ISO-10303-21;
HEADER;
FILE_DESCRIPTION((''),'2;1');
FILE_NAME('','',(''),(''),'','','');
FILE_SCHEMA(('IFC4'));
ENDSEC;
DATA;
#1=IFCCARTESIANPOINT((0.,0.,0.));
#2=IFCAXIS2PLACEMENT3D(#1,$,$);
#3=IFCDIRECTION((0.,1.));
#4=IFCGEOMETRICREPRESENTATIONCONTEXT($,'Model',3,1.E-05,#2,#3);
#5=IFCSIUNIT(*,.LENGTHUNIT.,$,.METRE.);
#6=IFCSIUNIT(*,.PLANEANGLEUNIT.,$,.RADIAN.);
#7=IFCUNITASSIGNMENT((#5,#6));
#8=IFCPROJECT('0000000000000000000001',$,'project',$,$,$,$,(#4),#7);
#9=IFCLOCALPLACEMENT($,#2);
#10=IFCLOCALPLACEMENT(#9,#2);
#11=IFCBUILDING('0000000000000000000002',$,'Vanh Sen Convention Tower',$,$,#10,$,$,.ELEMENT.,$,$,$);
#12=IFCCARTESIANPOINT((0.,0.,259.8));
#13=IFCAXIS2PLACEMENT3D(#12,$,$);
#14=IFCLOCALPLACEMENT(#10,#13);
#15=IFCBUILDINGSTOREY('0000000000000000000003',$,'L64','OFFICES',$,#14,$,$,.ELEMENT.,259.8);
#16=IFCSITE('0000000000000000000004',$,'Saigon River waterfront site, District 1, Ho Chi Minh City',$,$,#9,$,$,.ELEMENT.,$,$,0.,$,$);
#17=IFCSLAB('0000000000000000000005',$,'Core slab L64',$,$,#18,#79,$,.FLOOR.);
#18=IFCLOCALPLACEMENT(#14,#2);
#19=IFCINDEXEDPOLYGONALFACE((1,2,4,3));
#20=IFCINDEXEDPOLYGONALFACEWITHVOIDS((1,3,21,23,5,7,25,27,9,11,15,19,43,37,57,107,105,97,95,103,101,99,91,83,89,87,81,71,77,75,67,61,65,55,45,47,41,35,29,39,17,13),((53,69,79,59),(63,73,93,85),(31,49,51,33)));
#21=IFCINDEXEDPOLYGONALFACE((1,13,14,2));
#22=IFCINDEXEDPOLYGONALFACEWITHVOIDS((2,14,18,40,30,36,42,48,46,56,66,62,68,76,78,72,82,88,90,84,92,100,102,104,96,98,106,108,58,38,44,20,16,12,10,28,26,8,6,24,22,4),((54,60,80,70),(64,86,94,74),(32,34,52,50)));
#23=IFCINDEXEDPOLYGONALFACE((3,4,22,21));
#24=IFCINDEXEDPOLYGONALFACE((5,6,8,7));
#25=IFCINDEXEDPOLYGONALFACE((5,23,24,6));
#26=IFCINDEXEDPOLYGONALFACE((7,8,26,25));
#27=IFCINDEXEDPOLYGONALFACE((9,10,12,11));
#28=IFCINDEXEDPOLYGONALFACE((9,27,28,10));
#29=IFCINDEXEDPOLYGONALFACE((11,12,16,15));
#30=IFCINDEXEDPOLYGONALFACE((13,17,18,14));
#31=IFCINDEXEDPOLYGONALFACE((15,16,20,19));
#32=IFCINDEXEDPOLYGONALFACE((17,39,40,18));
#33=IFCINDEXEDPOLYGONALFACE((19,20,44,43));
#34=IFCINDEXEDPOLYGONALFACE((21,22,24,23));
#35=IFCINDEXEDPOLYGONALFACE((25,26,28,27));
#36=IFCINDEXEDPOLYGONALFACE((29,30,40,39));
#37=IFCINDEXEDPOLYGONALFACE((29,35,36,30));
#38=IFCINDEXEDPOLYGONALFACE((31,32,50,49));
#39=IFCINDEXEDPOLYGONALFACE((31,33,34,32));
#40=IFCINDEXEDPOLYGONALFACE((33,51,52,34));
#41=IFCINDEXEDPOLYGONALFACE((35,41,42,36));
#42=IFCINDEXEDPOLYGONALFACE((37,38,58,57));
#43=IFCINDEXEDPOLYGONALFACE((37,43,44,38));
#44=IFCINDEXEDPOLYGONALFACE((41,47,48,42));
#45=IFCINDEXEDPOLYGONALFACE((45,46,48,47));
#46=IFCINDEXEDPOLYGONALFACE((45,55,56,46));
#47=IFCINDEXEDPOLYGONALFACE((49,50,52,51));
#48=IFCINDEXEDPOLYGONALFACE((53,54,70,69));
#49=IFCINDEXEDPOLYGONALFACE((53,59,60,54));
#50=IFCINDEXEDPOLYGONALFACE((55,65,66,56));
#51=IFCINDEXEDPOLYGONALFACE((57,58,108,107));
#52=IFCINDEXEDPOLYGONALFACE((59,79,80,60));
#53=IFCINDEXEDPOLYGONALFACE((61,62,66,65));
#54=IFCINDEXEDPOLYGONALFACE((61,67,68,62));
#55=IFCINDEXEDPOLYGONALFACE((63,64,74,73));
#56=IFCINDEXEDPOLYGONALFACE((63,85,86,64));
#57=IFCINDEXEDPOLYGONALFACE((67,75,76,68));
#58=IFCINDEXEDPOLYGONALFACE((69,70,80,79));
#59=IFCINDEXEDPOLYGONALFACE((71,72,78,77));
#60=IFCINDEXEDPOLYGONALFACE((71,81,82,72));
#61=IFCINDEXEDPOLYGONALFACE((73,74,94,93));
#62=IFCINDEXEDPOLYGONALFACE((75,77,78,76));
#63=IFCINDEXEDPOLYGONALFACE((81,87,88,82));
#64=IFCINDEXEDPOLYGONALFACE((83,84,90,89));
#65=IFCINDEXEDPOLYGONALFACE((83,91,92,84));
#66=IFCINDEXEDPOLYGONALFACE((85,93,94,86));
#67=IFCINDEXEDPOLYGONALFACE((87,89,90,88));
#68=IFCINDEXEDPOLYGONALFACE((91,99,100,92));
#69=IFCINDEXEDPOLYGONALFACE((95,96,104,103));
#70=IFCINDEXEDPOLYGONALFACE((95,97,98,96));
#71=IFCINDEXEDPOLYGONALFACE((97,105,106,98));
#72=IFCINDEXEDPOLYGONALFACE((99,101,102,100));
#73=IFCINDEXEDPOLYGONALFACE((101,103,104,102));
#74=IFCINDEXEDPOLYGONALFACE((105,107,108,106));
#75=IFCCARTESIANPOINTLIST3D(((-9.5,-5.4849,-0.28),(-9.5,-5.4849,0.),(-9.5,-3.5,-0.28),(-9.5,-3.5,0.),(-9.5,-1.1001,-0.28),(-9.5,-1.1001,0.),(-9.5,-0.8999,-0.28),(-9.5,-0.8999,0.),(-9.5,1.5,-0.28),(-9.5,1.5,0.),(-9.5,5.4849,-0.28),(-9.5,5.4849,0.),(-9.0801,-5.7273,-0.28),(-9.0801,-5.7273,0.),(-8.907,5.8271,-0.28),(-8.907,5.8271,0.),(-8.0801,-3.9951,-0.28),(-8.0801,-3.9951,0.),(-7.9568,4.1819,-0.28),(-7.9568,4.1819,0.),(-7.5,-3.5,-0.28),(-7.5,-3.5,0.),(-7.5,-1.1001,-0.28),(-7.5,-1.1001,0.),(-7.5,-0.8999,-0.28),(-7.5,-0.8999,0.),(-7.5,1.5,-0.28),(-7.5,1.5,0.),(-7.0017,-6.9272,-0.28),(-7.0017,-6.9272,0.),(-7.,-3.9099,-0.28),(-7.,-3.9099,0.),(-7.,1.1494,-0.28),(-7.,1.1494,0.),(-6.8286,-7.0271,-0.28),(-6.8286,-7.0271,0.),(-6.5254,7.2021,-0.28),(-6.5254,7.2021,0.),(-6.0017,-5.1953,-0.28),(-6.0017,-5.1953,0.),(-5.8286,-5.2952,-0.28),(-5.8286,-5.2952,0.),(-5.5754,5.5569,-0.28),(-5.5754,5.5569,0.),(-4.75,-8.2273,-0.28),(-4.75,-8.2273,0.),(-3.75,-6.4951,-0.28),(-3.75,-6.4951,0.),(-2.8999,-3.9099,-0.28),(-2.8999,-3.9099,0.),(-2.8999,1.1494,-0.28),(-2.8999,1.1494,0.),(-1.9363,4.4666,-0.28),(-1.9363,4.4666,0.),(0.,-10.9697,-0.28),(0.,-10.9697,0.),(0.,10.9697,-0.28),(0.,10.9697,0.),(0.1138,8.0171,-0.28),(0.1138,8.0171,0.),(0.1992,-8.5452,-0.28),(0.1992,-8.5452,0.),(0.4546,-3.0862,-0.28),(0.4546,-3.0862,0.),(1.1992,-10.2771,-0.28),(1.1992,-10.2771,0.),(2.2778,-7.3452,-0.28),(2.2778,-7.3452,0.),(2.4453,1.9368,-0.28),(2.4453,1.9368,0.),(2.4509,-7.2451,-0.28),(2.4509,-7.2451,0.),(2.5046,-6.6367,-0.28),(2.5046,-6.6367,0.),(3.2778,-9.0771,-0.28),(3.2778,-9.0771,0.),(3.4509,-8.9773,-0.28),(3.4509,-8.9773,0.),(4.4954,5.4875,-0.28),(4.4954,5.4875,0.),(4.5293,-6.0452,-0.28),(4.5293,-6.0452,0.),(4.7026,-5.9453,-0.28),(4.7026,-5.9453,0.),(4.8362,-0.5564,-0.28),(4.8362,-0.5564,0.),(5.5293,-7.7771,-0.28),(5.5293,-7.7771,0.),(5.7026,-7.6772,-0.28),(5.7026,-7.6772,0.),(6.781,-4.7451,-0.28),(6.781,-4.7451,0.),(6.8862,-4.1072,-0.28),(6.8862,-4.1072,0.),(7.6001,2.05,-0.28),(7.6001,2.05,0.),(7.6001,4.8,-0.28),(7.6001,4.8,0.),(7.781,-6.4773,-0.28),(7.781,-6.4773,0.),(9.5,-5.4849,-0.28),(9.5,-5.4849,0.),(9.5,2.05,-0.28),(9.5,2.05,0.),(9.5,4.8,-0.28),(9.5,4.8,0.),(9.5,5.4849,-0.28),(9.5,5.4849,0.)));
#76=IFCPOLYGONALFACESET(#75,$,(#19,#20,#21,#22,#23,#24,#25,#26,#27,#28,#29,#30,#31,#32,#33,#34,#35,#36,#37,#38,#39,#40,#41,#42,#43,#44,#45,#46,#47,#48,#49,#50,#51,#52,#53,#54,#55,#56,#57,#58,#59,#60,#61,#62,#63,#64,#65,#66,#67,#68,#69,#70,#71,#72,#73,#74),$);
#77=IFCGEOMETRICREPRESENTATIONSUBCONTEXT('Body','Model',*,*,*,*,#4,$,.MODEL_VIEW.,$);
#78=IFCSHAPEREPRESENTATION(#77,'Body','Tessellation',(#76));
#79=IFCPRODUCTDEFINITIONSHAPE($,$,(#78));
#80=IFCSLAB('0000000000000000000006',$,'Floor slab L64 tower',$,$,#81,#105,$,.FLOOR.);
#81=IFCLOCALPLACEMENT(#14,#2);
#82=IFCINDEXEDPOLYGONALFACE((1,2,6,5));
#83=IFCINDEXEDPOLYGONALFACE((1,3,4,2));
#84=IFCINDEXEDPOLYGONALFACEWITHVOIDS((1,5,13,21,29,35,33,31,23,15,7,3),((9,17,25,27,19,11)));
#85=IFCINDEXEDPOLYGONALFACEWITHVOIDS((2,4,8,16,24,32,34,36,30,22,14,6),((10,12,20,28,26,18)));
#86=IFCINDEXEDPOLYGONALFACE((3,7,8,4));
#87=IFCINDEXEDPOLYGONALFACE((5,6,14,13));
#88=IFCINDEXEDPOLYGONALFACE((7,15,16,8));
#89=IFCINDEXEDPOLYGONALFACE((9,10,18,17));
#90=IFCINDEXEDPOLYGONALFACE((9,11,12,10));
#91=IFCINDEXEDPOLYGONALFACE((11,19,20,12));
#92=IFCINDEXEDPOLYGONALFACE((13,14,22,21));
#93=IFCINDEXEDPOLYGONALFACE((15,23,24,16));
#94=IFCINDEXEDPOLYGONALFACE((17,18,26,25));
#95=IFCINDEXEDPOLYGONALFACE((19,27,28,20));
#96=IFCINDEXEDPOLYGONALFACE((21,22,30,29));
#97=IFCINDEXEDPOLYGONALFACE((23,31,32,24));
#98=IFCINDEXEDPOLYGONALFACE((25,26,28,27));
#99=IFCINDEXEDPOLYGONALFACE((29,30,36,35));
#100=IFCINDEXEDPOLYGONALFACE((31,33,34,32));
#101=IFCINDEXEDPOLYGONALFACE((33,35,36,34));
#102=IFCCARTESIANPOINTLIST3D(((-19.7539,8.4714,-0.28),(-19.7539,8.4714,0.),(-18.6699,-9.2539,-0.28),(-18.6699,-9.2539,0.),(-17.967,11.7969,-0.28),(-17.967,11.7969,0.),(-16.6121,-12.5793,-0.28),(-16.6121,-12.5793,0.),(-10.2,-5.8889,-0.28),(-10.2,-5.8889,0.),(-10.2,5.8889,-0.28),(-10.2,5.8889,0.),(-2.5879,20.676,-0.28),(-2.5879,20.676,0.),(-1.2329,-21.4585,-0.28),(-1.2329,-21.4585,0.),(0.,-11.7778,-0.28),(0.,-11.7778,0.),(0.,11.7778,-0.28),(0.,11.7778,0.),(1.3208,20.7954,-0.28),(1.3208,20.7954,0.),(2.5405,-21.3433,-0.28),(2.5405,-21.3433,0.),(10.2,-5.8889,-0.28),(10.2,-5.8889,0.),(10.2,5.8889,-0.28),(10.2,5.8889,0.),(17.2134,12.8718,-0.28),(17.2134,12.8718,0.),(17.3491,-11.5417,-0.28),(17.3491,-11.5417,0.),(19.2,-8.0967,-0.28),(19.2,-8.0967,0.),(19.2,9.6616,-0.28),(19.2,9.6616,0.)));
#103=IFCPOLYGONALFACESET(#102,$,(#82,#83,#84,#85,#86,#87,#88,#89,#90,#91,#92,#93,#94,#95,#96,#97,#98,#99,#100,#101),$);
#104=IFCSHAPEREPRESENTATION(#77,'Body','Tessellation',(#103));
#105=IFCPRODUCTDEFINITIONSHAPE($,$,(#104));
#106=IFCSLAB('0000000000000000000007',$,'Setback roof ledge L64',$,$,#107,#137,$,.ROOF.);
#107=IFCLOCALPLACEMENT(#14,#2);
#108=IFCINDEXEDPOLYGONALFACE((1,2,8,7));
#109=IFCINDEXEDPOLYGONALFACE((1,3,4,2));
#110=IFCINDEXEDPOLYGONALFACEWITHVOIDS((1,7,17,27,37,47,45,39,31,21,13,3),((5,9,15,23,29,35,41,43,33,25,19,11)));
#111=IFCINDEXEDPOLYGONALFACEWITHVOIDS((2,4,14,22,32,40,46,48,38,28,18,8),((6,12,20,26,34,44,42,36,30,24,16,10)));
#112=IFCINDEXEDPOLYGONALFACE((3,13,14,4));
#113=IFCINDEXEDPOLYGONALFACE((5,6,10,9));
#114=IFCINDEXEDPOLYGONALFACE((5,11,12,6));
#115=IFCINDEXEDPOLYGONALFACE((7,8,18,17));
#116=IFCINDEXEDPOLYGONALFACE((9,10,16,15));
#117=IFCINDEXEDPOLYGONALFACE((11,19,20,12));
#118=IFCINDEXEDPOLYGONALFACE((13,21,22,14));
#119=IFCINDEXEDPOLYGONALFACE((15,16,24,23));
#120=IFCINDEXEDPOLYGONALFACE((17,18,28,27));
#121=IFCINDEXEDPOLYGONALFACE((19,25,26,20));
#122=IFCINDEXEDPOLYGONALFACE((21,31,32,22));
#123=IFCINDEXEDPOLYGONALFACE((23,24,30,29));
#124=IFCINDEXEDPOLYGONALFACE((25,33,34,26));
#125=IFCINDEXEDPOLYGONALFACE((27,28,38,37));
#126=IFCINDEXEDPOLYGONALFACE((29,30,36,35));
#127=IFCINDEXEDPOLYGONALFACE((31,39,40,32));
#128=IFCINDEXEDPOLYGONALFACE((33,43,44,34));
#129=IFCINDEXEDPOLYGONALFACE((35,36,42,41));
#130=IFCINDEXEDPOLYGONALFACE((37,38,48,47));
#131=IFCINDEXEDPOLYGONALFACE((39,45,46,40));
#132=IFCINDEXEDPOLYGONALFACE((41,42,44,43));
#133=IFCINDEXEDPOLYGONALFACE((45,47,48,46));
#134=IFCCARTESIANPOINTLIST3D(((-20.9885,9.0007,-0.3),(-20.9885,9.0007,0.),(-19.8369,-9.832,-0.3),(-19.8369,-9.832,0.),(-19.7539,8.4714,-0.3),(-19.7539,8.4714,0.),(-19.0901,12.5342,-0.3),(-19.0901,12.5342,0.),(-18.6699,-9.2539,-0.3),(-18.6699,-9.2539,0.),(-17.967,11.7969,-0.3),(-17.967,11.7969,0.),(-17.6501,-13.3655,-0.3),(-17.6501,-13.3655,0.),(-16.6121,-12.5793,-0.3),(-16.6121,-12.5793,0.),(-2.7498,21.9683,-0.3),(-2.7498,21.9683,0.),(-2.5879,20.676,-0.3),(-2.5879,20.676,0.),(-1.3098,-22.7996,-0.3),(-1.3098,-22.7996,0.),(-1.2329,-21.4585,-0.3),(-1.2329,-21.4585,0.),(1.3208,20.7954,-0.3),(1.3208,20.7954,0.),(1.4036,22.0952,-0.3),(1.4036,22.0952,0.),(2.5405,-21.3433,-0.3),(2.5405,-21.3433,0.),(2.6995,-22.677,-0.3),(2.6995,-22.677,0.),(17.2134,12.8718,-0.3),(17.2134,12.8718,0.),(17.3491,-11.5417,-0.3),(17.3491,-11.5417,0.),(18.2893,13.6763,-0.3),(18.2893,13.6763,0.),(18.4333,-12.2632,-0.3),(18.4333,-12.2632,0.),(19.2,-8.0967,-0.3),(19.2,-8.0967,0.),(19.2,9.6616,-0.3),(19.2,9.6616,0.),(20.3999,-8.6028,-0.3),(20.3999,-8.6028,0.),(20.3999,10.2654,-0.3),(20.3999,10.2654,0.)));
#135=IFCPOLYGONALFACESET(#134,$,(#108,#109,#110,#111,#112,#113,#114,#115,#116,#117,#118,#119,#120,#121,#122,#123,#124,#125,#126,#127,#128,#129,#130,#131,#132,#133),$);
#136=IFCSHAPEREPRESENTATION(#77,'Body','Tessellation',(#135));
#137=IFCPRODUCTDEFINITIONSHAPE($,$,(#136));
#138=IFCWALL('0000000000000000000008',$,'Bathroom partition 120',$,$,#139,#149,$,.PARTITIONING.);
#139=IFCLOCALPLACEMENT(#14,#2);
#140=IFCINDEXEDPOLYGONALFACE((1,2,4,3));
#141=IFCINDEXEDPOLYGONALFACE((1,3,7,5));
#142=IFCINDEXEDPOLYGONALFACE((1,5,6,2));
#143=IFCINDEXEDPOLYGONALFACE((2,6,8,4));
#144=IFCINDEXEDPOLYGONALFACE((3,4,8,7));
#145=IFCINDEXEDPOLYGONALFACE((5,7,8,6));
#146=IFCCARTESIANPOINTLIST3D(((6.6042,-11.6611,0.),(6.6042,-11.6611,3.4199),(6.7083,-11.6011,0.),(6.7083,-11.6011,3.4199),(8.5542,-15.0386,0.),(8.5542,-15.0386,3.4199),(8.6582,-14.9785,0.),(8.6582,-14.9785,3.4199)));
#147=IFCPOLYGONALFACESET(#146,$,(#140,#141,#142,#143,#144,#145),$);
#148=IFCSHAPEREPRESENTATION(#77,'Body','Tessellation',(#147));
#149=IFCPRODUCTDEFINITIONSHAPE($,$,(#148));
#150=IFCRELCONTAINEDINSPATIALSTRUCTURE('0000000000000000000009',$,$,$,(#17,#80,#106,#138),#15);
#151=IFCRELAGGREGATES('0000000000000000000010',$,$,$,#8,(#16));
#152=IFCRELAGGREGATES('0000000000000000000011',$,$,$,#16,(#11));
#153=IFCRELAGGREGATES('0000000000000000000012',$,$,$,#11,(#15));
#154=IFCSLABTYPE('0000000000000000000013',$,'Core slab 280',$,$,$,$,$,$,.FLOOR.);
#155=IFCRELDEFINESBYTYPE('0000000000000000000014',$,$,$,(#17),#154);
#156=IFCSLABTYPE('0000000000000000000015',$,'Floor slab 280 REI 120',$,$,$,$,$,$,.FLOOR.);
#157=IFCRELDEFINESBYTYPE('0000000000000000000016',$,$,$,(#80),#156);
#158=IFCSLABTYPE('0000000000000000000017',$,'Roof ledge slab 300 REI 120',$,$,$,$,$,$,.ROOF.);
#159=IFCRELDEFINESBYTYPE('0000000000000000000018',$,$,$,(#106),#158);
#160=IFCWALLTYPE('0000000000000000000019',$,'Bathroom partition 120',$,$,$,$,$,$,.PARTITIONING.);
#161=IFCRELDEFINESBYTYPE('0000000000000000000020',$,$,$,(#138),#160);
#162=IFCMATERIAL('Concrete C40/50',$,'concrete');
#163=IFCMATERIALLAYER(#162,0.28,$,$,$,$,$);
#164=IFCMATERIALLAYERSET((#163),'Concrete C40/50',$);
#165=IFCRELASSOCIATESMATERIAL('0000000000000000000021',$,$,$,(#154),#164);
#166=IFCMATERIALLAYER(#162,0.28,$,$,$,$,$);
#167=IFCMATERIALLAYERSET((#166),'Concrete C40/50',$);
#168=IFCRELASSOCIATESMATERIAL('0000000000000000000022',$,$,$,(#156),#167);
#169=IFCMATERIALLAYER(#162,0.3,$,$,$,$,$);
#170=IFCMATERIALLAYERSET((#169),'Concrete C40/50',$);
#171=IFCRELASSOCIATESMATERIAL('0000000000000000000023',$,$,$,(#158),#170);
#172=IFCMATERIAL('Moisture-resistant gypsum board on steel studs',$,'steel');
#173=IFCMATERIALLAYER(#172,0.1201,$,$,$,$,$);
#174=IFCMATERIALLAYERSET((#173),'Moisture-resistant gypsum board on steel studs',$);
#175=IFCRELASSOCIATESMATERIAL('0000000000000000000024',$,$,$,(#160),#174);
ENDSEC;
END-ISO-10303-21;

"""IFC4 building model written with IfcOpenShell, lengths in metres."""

from ifc_helpers import new_model, si_unit, direction, frame, frame_2d, origin, place, context, subcontext, project, spatial, polyline, rectangle, outline, extrude, material, layer, layer_set, type_object, element, save


model = new_model("IFC4")

# Units and contexts
model_context = context("Model", 3, precision=1e-05, world=origin(), true_north=direction((0.0, 1.0)))
body_context = subcontext(model_context, "Body", "Model", "MODEL_VIEW")
ifc_project = project(units=[si_unit("LENGTHUNIT", "METRE"), si_unit("PLANEANGLEUNIT", "RADIAN")], contexts=[model_context])

# Site, building, storey
site_placement = place(None, origin())
site = spatial("IfcSite", under=ifc_project, at=site_placement, Name="Saigon River waterfront site, District 1, Ho Chi Minh City", CompositionType="ELEMENT", RefElevation=0.0)
building_placement = place(site_placement, origin())
building = spatial("IfcBuilding", under=site, at=building_placement, Name="Vanh Sen Convention Tower", CompositionType="ELEMENT")
storey_placement = place(building_placement, frame((0.0, 0.0, 259.8)))
storey = spatial("IfcBuildingStorey", under=building, at=storey_placement, Name="L64", Description="OFFICES", CompositionType="ELEMENT", Elevation=259.8)

# Slabs
ifc_material_1 = material(Name="Concrete C40/50", Category="concrete")
ifc_layer_1 = layer(ifc_material_1, 0.28)
ifc_layer_set_1 = layer_set([ifc_layer_1], Name="Concrete C40/50")
slab_type_1 = type_object("IfcSlabType", Name="Core slab 280", PredefinedType="FLOOR", material=ifc_layer_set_1)
slab_1_placement = place(storey_placement, frame((0.0, 0.0, -0.28)))
element("IfcSlab", 1, at=slab_1_placement, inside=storey, type_object=slab_type_1, Name="Core slab L64", PredefinedType="FLOOR", context=body_context, shape_type="SweptSolid", body=[
    extrude(outline(polyline([(0.0, 10.9697), (9.5, 5.4849), (9.5, 4.8), (7.6001, 4.8), (7.6001, 2.05), (9.5, 2.05), (9.5, -5.4849), (7.781, -6.4773), (6.781, -4.7451), (4.7026, -5.9453), (5.7026, -7.6772), (5.5293, -7.7771), (4.5293, -6.0452), (2.4509, -7.2451), (3.4509, -8.9773), (3.2778, -9.0771), (2.2778, -7.3452), (0.1992, -8.5452), (1.1992, -10.2771), (0.0, -10.9697), (-4.75, -8.2273), (-3.75, -6.4951), (-5.8286, -5.2952), (-6.8286, -7.0271), (-7.0017, -6.9272), (-6.0017, -5.1953), (-8.0801, -3.9951), (-9.0801, -5.7273), (-9.5, -5.4849), (-9.5, -3.5), (-7.5, -3.5), (-7.5, -1.1001), (-9.5, -1.1001), (-9.5, -0.8999), (-7.5, -0.8999), (-7.5, 1.5), (-9.5, 1.5), (-9.5, 5.4849), (-8.907, 5.8271), (-7.9568, 4.1819), (-5.5754, 5.5569), (-6.5254, 7.2021), (0.0, 10.9697)]), holes=[polyline([(-7.0, 1.1494), (-7.0, -3.9099), (-2.8999, -3.9099), (-2.8999, 1.1494), (-7.0, 1.1494)]), polyline([(2.5046, -6.6367), (6.8862, -4.1072), (4.8362, -0.5564), (0.4546, -3.0862), (2.5046, -6.6367)]), polyline([(0.1138, 8.0171), (-1.9363, 4.4666), (2.4453, 1.9368), (4.4954, 5.4875), (0.1138, 8.0171)])]), origin(), (0.0, 0.0, 1.0), 0.28),
])
ifc_layer_2 = layer(ifc_material_1, 0.28)
ifc_layer_set_2 = layer_set([ifc_layer_2], Name="Concrete C40/50")
slab_type_2 = type_object("IfcSlabType", Name="Floor slab 280 REI 120", PredefinedType="FLOOR", material=ifc_layer_set_2)
slab_2_placement = place(storey_placement, frame((0.0, 0.0, -0.28)))
element("IfcSlab", 2, at=slab_2_placement, inside=storey, type_object=slab_type_2, Name="Floor slab L64 tower", PredefinedType="FLOOR", context=body_context, shape_type="SweptSolid", body=[
    extrude(outline(polyline([(19.2, -8.0967), (19.2, 9.6616), (17.2134, 12.8718), (1.3208, 20.7954), (-2.5879, 20.676), (-17.967, 11.7969), (-19.7539, 8.4714), (-18.6699, -9.2539), (-16.6121, -12.5793), (-1.2329, -21.4585), (2.5405, -21.3433), (17.3491, -11.5417), (19.2, -8.0967)]), holes=[polyline([(0.0, 11.7778), (-10.2, 5.8889), (-10.2, -5.8889), (0.0, -11.7778), (10.2, -5.8889), (10.2, 5.8889), (0.0, 11.7778)])]), origin(), (0.0, 0.0, 1.0), 0.28),
])
ifc_layer_3 = layer(ifc_material_1, 0.3)
ifc_layer_set_3 = layer_set([ifc_layer_3], Name="Concrete C40/50")
slab_type_3 = type_object("IfcSlabType", Name="Roof ledge slab 300 REI 120", PredefinedType="ROOF", material=ifc_layer_set_3)
slab_3_placement = place(storey_placement, frame((0.0, 0.0, -0.3)))
element("IfcSlab", 3, at=slab_3_placement, inside=storey, type_object=slab_type_3, Name="Setback roof ledge L64", PredefinedType="ROOF", context=body_context, shape_type="SweptSolid", body=[
    extrude(outline(polyline([(20.3999, -8.6028), (20.3999, 10.2654), (18.2893, 13.6763), (1.4036, 22.0952), (-2.7498, 21.9683), (-19.0901, 12.5342), (-20.9885, 9.0007), (-19.8369, -9.832), (-17.6501, -13.3655), (-1.3098, -22.7996), (2.6995, -22.677), (18.4333, -12.2632), (20.3999, -8.6028)]), holes=[polyline([(19.2, 9.6616), (17.2134, 12.8718), (1.3208, 20.7954), (-2.5879, 20.676), (-17.967, 11.7969), (-19.7539, 8.4714), (-18.6699, -9.2539), (-16.6121, -12.5793), (-1.2329, -21.4585), (2.5405, -21.3433), (17.3491, -11.5417), (19.2, -8.0967), (19.2, 9.6616)])]), origin(), (0.0, 0.0, 1.0), 0.3),
])

# Wall
ifc_material_2 = material(Name="Moisture-resistant gypsum board on steel studs", Category="steel")
ifc_layer_4 = layer(ifc_material_2, 0.1201)
ifc_layer_set_4 = layer_set([ifc_layer_4], Name="Moisture-resistant gypsum board on steel studs")
wall_type_1 = type_object("IfcWallType", Name="Bathroom partition 120", PredefinedType="PARTITIONING", material=ifc_layer_set_4)
wall_1_placement = place(storey_placement, frame((6.6562, -11.6311, 0.0), z_axis=(0.0, 0.0, 1.0), x_axis=(0.499997, -0.866027, 0.0)))
element("IfcWall", 4, at=wall_1_placement, inside=storey, type_object=wall_type_1, Name="Bathroom partition 120", PredefinedType="PARTITIONING", context=body_context, shape_type="SweptSolid", body=[
    extrude(rectangle(XDim=3.8999, YDim=0.1201, at=frame_2d((1.95, 0.0))), origin(), (0.0, 0.0, 1.0), 3.4199),
])

save(model, "model.ifc")
